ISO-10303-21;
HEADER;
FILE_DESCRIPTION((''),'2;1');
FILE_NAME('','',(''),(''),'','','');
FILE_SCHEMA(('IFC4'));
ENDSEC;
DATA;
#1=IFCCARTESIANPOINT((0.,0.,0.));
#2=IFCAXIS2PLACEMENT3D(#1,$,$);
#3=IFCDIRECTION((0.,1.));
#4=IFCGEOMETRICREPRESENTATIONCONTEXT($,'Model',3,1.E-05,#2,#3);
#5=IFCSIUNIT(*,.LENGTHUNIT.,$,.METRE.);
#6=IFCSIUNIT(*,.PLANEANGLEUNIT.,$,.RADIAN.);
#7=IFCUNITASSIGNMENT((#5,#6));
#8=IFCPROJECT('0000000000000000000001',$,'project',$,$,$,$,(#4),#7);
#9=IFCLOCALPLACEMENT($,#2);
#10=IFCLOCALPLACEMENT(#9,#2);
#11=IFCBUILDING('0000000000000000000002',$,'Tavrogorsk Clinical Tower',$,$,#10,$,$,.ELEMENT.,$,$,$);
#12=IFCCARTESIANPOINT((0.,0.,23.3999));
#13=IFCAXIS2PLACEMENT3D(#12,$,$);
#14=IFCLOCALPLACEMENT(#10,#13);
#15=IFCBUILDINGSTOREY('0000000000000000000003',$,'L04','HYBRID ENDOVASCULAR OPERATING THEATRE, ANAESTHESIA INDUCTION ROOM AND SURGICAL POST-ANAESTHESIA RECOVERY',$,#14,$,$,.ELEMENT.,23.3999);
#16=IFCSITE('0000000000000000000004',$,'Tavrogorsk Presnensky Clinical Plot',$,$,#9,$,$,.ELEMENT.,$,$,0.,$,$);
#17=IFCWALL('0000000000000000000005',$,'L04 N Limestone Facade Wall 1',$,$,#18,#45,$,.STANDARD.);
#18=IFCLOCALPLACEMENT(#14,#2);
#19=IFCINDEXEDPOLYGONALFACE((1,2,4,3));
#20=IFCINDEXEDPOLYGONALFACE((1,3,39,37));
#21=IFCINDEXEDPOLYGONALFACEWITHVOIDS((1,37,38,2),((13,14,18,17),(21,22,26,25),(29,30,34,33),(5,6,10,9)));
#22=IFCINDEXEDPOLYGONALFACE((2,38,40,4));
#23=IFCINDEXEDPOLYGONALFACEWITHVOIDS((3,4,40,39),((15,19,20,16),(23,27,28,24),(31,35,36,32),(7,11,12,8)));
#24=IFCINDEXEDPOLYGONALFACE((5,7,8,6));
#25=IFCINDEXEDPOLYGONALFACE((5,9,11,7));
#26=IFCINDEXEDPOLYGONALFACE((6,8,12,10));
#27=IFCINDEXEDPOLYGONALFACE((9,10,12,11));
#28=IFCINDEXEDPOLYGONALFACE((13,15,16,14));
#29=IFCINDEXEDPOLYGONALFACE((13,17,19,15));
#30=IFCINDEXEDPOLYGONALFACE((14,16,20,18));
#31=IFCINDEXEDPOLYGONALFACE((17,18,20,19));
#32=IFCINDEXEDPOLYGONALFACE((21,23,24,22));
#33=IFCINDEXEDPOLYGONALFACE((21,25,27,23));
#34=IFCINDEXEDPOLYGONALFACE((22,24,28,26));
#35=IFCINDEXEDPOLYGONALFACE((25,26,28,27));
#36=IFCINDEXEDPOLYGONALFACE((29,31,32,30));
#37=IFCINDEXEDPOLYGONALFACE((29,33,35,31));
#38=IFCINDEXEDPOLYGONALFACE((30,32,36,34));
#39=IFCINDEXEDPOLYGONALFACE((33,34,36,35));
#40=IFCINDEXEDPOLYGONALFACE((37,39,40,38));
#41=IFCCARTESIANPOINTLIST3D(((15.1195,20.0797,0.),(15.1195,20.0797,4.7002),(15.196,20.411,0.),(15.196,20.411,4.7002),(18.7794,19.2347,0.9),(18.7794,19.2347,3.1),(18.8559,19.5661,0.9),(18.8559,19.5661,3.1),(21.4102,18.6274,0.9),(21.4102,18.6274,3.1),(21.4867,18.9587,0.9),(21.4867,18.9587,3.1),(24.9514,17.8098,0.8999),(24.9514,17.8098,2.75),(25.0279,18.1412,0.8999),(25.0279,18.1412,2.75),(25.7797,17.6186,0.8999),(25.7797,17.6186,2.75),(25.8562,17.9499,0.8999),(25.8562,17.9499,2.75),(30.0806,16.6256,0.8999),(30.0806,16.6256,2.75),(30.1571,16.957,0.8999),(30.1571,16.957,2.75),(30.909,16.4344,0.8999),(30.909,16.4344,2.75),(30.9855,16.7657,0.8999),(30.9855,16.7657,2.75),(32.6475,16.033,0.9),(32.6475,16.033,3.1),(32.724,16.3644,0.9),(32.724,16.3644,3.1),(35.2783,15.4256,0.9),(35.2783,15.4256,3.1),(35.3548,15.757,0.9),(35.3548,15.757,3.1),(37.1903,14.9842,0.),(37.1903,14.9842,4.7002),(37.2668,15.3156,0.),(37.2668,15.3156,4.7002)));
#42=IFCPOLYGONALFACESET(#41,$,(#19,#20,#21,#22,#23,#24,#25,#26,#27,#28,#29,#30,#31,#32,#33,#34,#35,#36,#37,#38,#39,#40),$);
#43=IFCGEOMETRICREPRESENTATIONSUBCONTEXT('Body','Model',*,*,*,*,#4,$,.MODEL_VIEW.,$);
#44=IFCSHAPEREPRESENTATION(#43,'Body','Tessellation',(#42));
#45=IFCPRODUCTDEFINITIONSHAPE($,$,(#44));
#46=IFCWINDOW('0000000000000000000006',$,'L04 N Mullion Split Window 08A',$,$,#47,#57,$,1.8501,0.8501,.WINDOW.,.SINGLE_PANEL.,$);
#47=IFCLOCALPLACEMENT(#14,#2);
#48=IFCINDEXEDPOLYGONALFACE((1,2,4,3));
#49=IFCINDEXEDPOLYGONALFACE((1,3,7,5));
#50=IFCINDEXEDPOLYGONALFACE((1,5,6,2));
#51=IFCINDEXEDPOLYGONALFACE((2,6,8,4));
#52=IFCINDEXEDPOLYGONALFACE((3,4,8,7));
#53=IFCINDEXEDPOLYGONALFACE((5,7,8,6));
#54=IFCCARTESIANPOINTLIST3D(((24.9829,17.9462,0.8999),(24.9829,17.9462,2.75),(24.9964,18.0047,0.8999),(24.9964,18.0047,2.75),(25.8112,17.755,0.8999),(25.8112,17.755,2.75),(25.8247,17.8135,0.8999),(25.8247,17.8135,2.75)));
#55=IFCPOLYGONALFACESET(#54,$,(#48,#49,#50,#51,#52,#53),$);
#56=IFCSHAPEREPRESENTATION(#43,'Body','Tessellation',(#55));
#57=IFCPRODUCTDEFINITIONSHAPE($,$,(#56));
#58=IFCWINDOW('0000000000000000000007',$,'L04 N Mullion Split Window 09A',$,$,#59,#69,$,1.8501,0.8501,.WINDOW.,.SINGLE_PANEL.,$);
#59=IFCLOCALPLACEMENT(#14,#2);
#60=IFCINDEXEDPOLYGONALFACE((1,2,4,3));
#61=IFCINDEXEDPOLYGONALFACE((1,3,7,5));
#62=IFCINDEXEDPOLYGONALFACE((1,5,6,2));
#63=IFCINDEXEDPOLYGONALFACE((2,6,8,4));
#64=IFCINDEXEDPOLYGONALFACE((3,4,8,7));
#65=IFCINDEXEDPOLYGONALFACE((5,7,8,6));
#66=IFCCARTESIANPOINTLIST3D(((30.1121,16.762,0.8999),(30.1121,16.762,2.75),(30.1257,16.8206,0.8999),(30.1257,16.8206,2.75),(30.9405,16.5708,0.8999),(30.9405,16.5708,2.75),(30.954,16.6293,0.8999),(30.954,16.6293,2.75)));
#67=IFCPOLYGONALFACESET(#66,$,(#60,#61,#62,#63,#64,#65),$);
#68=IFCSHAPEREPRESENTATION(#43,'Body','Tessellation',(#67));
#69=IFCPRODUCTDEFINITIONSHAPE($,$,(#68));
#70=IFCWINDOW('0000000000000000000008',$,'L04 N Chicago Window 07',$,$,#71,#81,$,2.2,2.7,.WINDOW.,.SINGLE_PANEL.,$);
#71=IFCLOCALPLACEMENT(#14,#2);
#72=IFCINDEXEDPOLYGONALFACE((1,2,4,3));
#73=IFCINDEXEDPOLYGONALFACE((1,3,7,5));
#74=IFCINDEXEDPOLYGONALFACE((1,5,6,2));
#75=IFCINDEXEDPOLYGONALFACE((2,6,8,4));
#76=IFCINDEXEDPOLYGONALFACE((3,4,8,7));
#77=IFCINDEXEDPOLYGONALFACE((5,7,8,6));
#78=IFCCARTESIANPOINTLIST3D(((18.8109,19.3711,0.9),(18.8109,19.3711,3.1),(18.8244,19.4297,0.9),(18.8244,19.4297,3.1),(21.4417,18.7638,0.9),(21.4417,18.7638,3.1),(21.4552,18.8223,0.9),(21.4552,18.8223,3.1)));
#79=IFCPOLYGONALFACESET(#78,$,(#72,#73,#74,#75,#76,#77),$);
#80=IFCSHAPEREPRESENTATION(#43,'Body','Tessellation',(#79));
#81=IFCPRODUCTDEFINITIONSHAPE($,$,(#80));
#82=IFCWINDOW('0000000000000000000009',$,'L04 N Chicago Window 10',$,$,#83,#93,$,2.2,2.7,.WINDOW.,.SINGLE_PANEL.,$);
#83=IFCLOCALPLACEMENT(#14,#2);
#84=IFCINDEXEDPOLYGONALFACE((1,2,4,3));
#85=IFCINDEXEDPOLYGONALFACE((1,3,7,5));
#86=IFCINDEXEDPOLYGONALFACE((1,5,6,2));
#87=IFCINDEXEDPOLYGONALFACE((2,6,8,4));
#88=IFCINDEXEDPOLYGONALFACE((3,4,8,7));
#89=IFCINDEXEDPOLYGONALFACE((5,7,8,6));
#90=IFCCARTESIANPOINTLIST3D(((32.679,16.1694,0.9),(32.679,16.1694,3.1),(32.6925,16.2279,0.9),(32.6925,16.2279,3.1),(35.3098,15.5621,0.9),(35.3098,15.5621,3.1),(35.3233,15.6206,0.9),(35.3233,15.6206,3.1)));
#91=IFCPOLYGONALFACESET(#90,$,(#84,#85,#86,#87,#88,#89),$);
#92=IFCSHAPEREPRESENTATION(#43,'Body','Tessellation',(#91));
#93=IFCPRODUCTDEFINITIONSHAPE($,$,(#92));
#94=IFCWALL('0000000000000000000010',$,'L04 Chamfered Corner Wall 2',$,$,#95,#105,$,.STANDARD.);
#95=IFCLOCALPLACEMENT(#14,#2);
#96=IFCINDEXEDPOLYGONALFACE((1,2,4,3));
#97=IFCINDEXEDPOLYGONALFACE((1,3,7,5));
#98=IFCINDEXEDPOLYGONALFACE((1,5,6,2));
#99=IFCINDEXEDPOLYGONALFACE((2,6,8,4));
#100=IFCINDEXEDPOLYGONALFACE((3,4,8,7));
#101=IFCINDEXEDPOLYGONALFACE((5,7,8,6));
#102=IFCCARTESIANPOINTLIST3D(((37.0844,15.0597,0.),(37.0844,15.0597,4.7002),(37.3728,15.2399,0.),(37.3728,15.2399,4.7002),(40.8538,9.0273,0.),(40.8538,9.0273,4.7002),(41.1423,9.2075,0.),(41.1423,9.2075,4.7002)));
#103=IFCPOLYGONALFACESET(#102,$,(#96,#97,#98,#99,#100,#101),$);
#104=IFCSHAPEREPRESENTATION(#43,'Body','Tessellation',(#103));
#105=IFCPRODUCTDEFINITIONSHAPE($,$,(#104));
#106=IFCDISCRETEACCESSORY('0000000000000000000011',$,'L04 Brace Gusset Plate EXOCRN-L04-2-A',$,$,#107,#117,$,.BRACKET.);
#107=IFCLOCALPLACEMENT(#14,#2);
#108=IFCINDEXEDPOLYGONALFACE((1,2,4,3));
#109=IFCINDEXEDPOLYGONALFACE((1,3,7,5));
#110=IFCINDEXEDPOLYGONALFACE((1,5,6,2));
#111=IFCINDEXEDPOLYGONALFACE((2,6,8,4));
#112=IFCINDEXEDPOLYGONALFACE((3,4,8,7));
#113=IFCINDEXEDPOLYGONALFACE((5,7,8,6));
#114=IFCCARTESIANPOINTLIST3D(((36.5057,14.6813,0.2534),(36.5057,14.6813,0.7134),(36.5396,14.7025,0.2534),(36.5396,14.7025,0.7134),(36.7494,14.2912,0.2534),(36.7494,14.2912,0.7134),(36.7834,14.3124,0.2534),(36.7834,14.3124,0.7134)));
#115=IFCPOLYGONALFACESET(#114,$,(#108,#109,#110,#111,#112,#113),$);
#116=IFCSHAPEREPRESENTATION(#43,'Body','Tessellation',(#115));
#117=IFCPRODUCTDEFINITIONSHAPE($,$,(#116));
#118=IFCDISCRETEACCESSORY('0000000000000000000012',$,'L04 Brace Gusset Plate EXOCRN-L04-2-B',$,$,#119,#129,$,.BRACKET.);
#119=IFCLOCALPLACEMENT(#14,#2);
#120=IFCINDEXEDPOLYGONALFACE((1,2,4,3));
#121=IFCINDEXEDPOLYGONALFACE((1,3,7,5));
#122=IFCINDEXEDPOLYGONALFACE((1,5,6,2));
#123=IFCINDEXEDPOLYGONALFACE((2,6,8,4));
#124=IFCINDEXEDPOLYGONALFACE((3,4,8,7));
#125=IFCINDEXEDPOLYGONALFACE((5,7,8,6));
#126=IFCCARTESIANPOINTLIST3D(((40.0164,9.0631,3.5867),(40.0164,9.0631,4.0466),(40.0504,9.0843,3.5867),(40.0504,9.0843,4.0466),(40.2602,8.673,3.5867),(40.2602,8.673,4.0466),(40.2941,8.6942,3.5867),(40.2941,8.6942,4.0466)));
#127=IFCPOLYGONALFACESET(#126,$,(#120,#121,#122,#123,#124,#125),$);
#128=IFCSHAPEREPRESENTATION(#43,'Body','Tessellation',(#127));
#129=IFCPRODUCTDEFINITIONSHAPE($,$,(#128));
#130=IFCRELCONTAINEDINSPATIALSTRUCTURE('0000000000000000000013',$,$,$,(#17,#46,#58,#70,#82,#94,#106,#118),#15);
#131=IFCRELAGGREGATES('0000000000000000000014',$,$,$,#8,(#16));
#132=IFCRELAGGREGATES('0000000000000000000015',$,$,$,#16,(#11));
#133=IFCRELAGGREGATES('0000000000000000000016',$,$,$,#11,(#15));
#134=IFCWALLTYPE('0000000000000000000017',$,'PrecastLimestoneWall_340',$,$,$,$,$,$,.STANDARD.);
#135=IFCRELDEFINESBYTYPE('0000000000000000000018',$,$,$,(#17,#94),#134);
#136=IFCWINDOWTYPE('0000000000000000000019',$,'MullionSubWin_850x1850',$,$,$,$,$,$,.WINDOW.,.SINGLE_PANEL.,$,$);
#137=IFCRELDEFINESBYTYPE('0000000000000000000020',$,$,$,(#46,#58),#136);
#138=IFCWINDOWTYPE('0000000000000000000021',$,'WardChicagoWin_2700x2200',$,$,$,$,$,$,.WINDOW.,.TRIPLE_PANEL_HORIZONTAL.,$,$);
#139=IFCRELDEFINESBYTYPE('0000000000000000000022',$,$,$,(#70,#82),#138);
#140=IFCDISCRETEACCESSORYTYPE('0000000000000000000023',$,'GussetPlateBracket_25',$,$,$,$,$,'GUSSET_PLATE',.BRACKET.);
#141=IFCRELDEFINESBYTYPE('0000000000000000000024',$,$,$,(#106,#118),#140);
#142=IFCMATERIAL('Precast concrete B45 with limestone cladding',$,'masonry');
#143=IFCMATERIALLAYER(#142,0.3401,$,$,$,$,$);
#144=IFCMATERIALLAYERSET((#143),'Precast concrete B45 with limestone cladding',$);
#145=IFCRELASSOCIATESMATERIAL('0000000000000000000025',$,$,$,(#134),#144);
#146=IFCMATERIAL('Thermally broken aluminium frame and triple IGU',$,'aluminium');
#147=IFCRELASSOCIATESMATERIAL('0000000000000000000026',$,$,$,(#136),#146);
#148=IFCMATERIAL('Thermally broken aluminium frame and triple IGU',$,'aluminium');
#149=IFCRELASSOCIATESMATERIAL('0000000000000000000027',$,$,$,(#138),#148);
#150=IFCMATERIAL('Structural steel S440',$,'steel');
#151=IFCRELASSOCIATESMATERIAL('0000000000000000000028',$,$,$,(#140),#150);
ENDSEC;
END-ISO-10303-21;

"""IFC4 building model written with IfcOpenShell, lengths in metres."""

from ifc_helpers import new_model, si_unit, direction, frame, frame_2d, origin, origin_2d, place, context, subcontext, project, spatial, rectangle, extrude, material, layer, layer_set, type_object, element, fill, save


model = new_model("IFC4")

# Units and contexts
model_context = context("Model", 3, precision=1e-05, world=origin(), true_north=direction((0.0, 1.0)))
body_context = subcontext(model_context, "Body", "Model", "MODEL_VIEW")
ifc_project = project(units=[si_unit("LENGTHUNIT", "METRE"), si_unit("PLANEANGLEUNIT", "RADIAN")], contexts=[model_context])

# Site, building, storey
site_placement = place(None, origin())
site = spatial("IfcSite", under=ifc_project, at=site_placement, Name="Tavrogorsk Presnensky Clinical Plot", CompositionType="ELEMENT", RefElevation=0.0)
building_placement = place(site_placement, origin())
building = spatial("IfcBuilding", under=site, at=building_placement, Name="Tavrogorsk Clinical Tower", CompositionType="ELEMENT")
storey_placement = place(building_placement, frame((0.0, 0.0, 23.3999)))
storey = spatial("IfcBuildingStorey", under=building, at=storey_placement, Name="L04", Description="HYBRID ENDOVASCULAR OPERATING THEATRE, ANAESTHESIA INDUCTION ROOM AND SURGICAL POST-ANAESTHESIA RECOVERY", CompositionType="ELEMENT", Elevation=23.3999)

# Wall, openings, windows
ifc_material_1 = material(Name="Precast concrete B45 with limestone cladding", Category="masonry")
ifc_layer_1 = layer(ifc_material_1, 0.3401)
ifc_layer_set_1 = layer_set([ifc_layer_1], Name="Precast concrete B45 with limestone cladding")
wall_type_1 = type_object("IfcWallType", Name="PrecastLimestoneWall_340", PredefinedType="STANDARD", material=ifc_layer_set_1)
wall_1_placement = place(storey_placement, frame((37.2285, 15.1499, 0.0), z_axis=(0.0, 0.0, 1.0), x_axis=(-0.97437, 0.224952, 0.0)))
wall_1 = element("IfcWall", 1, at=wall_1_placement, inside=storey, type_object=wall_type_1, Name="L04 N Limestone Facade Wall 1", PredefinedType="STANDARD", context=body_context, shape_type="SweptSolid", body=[
    extrude(rectangle(XDim=22.6514, YDim=0.3401, at=frame_2d((11.3257, 0.0))), origin(), (0.0, 0.0, 1.0), 4.7002),
])
opening_1_placement = place(wall_1_placement, frame((16.1951, 0.0, 0.8999)))
opening_1 = element("IfcOpeningElement", 2, at=opening_1_placement, cuts=wall_1, PredefinedType="OPENING", context=body_context, shape_type="SweptSolid", body=[
    extrude(rectangle(XDim=2.7, YDim=2.2, at=frame_2d((1.3501, 1.1001))), frame((0.0, 0.1799, 0.0), z_axis=(0.0, -1.0, 0.0), x_axis=(1.0, 0.0, 0.0)), (0.0, 0.0, 1.0), 0.3601),
])
opening_2_placement = place(wall_1_placement, frame((11.7107, 0.0, 0.8999)))
opening_2 = element("IfcOpeningElement", 3, at=opening_2_placement, cuts=wall_1, PredefinedType="OPENING", context=body_context, shape_type="SweptSolid", body=[
    extrude(rectangle(XDim=0.8501, YDim=1.8501, at=frame_2d((0.425, 0.925))), frame((0.0, 0.1799, 0.0), z_axis=(0.0, -1.0, 0.0), x_axis=(1.0, 0.0, 0.0)), (0.0, 0.0, 1.0), 0.3601),
])
opening_3_placement = place(wall_1_placement, frame((6.4465, 0.0, 0.8999)))
opening_3 = element("IfcOpeningElement", 4, at=opening_3_placement, cuts=wall_1, PredefinedType="OPENING", context=body_context, shape_type="SweptSolid", body=[
    extrude(rectangle(XDim=0.8501, YDim=1.8501, at=frame_2d((0.425, 0.925))), frame((0.0, 0.1799, 0.0), z_axis=(0.0, -1.0, 0.0), x_axis=(1.0, 0.0, 0.0)), (0.0, 0.0, 1.0), 0.3601),
])
opening_4_placement = place(wall_1_placement, frame((1.9622, 0.0, 0.8999)))
opening_4 = element("IfcOpeningElement", 5, at=opening_4_placement, cuts=wall_1, PredefinedType="OPENING", context=body_context, shape_type="SweptSolid", body=[
    extrude(rectangle(XDim=2.7, YDim=2.2, at=frame_2d((1.3501, 1.1001))), frame((0.0, 0.1799, 0.0), z_axis=(0.0, -1.0, 0.0), x_axis=(1.0, 0.0, 0.0)), (0.0, 0.0, 1.0), 0.3601),
])
ifc_material_2 = material(Name="Thermally broken aluminium frame and triple IGU", Category="aluminium")
window_type_1 = type_object("IfcWindowType", Name="MullionSubWin_850x1850", PartitioningType="SINGLE_PANEL", PredefinedType="WINDOW", material=ifc_material_2)
window_1_placement = place(opening_2_placement, origin())
window_1 = element("IfcWindow", 6, at=window_1_placement, inside=storey, type_object=window_type_1, Name="L04 N Mullion Split Window 08A", OverallHeight=1.8501, OverallWidth=0.8501, PartitioningType="SINGLE_PANEL", PredefinedType="WINDOW", context=body_context, shape_type="SweptSolid", body=[
    extrude(rectangle(XDim=0.8501, YDim=1.8501, at=frame_2d((0.425, 0.925))), frame((0.0, 0.03, 0.0), z_axis=(0.0, -1.0, 0.0), x_axis=(1.0, 0.0, 0.0)), (0.0, 0.0, 1.0), 0.0601),
])
fill(opening_2, window_1)
window_2_placement = place(opening_3_placement, origin())
window_2 = element("IfcWindow", 7, at=window_2_placement, inside=storey, type_object=window_type_1, Name="L04 N Mullion Split Window 09A", OverallHeight=1.8501, OverallWidth=0.8501, PartitioningType="SINGLE_PANEL", PredefinedType="WINDOW", context=body_context, shape_type="SweptSolid", body=[
    extrude(rectangle(XDim=0.8501, YDim=1.8501, at=frame_2d((0.425, 0.925))), frame((0.0, 0.03, 0.0), z_axis=(0.0, -1.0, 0.0), x_axis=(1.0, 0.0, 0.0)), (0.0, 0.0, 1.0), 0.0601),
])
fill(opening_3, window_2)
ifc_material_3 = material(Name="Thermally broken aluminium frame and triple IGU", Category="aluminium")
window_type_2 = type_object("IfcWindowType", Name="WardChicagoWin_2700x2200", PartitioningType="TRIPLE_PANEL_HORIZONTAL", PredefinedType="WINDOW", material=ifc_material_3)
window_3_placement = place(opening_1_placement, origin())
window_3 = element("IfcWindow", 8, at=window_3_placement, inside=storey, type_object=window_type_2, Name="L04 N Chicago Window 07", OverallHeight=2.2, OverallWidth=2.7, PartitioningType="SINGLE_PANEL", PredefinedType="WINDOW", context=body_context, shape_type="SweptSolid", body=[
    extrude(rectangle(XDim=2.7, YDim=2.2, at=frame_2d((1.3501, 1.1001))), frame((0.0, 0.03, 0.0), z_axis=(0.0, -1.0, 0.0), x_axis=(1.0, 0.0, 0.0)), (0.0, 0.0, 1.0), 0.0601),
])
fill(opening_1, window_3)
window_4_placement = place(opening_4_placement, origin())
window_4 = element("IfcWindow", 9, at=window_4_placement, inside=storey, type_object=window_type_2, Name="L04 N Chicago Window 10", OverallHeight=2.2, OverallWidth=2.7, PartitioningType="SINGLE_PANEL", PredefinedType="WINDOW", context=body_context, shape_type="SweptSolid", body=[
    extrude(rectangle(XDim=2.7, YDim=2.2, at=frame_2d((1.3501, 1.1001))), frame((0.0, 0.03, 0.0), z_axis=(0.0, -1.0, 0.0), x_axis=(1.0, 0.0, 0.0)), (0.0, 0.0, 1.0), 0.0601),
])
fill(opening_4, window_4)

# Wall
wall_2_placement = place(storey_placement, frame((40.998, 9.1174, 0.0), z_axis=(0.0, 0.0, 1.0), x_axis=(-0.529922, 0.848047, 0.0)))
element("IfcWall", 10, at=wall_2_placement, inside=storey, type_object=wall_type_1, Name="L04 Chamfered Corner Wall 2", PredefinedType="STANDARD", context=body_context, shape_type="SweptSolid", body=[
    extrude(rectangle(XDim=7.1133, YDim=0.3401, at=frame_2d((3.5566, 0.0))), origin(), (0.0, 0.0, 1.0), 4.7002),
])

# Discrete accessories
ifc_material_4 = material(Name="Structural steel S440", Category="steel")
discrete_accessory_type = type_object("IfcDiscreteAccessoryType", Name="GussetPlateBracket_25", ElementType="GUSSET_PLATE", PredefinedType="BRACKET", material=ifc_material_4)
for number, where, z_axis, x_axis, name in (
    (11, (36.6445, 14.4968, 0.2534), (0.0, 0.0, 1.0), (0.529919, -0.848048, 0.0), "L04 Brace Gusset Plate EXOCRN-L04-2-A"),
    (12, (40.1553, 8.8787, 3.5867), (0.0, 0.0, 1.0), (0.529919, -0.848048, 0.0), "L04 Brace Gusset Plate EXOCRN-L04-2-B"),
):
    element("IfcDiscreteAccessory", number, at=place(storey_placement, frame(where, z_axis=z_axis, x_axis=x_axis)), inside=storey, type_object=discrete_accessory_type, Name=name, PredefinedType="BRACKET", context=body_context, shape_type="SweptSolid", body=[
        extrude(rectangle(XDim=0.46, YDim=0.04, at=origin_2d()), origin(), (0.0, 0.0, 1.0), 0.46),
    ])

save(model, "model.ifc")
